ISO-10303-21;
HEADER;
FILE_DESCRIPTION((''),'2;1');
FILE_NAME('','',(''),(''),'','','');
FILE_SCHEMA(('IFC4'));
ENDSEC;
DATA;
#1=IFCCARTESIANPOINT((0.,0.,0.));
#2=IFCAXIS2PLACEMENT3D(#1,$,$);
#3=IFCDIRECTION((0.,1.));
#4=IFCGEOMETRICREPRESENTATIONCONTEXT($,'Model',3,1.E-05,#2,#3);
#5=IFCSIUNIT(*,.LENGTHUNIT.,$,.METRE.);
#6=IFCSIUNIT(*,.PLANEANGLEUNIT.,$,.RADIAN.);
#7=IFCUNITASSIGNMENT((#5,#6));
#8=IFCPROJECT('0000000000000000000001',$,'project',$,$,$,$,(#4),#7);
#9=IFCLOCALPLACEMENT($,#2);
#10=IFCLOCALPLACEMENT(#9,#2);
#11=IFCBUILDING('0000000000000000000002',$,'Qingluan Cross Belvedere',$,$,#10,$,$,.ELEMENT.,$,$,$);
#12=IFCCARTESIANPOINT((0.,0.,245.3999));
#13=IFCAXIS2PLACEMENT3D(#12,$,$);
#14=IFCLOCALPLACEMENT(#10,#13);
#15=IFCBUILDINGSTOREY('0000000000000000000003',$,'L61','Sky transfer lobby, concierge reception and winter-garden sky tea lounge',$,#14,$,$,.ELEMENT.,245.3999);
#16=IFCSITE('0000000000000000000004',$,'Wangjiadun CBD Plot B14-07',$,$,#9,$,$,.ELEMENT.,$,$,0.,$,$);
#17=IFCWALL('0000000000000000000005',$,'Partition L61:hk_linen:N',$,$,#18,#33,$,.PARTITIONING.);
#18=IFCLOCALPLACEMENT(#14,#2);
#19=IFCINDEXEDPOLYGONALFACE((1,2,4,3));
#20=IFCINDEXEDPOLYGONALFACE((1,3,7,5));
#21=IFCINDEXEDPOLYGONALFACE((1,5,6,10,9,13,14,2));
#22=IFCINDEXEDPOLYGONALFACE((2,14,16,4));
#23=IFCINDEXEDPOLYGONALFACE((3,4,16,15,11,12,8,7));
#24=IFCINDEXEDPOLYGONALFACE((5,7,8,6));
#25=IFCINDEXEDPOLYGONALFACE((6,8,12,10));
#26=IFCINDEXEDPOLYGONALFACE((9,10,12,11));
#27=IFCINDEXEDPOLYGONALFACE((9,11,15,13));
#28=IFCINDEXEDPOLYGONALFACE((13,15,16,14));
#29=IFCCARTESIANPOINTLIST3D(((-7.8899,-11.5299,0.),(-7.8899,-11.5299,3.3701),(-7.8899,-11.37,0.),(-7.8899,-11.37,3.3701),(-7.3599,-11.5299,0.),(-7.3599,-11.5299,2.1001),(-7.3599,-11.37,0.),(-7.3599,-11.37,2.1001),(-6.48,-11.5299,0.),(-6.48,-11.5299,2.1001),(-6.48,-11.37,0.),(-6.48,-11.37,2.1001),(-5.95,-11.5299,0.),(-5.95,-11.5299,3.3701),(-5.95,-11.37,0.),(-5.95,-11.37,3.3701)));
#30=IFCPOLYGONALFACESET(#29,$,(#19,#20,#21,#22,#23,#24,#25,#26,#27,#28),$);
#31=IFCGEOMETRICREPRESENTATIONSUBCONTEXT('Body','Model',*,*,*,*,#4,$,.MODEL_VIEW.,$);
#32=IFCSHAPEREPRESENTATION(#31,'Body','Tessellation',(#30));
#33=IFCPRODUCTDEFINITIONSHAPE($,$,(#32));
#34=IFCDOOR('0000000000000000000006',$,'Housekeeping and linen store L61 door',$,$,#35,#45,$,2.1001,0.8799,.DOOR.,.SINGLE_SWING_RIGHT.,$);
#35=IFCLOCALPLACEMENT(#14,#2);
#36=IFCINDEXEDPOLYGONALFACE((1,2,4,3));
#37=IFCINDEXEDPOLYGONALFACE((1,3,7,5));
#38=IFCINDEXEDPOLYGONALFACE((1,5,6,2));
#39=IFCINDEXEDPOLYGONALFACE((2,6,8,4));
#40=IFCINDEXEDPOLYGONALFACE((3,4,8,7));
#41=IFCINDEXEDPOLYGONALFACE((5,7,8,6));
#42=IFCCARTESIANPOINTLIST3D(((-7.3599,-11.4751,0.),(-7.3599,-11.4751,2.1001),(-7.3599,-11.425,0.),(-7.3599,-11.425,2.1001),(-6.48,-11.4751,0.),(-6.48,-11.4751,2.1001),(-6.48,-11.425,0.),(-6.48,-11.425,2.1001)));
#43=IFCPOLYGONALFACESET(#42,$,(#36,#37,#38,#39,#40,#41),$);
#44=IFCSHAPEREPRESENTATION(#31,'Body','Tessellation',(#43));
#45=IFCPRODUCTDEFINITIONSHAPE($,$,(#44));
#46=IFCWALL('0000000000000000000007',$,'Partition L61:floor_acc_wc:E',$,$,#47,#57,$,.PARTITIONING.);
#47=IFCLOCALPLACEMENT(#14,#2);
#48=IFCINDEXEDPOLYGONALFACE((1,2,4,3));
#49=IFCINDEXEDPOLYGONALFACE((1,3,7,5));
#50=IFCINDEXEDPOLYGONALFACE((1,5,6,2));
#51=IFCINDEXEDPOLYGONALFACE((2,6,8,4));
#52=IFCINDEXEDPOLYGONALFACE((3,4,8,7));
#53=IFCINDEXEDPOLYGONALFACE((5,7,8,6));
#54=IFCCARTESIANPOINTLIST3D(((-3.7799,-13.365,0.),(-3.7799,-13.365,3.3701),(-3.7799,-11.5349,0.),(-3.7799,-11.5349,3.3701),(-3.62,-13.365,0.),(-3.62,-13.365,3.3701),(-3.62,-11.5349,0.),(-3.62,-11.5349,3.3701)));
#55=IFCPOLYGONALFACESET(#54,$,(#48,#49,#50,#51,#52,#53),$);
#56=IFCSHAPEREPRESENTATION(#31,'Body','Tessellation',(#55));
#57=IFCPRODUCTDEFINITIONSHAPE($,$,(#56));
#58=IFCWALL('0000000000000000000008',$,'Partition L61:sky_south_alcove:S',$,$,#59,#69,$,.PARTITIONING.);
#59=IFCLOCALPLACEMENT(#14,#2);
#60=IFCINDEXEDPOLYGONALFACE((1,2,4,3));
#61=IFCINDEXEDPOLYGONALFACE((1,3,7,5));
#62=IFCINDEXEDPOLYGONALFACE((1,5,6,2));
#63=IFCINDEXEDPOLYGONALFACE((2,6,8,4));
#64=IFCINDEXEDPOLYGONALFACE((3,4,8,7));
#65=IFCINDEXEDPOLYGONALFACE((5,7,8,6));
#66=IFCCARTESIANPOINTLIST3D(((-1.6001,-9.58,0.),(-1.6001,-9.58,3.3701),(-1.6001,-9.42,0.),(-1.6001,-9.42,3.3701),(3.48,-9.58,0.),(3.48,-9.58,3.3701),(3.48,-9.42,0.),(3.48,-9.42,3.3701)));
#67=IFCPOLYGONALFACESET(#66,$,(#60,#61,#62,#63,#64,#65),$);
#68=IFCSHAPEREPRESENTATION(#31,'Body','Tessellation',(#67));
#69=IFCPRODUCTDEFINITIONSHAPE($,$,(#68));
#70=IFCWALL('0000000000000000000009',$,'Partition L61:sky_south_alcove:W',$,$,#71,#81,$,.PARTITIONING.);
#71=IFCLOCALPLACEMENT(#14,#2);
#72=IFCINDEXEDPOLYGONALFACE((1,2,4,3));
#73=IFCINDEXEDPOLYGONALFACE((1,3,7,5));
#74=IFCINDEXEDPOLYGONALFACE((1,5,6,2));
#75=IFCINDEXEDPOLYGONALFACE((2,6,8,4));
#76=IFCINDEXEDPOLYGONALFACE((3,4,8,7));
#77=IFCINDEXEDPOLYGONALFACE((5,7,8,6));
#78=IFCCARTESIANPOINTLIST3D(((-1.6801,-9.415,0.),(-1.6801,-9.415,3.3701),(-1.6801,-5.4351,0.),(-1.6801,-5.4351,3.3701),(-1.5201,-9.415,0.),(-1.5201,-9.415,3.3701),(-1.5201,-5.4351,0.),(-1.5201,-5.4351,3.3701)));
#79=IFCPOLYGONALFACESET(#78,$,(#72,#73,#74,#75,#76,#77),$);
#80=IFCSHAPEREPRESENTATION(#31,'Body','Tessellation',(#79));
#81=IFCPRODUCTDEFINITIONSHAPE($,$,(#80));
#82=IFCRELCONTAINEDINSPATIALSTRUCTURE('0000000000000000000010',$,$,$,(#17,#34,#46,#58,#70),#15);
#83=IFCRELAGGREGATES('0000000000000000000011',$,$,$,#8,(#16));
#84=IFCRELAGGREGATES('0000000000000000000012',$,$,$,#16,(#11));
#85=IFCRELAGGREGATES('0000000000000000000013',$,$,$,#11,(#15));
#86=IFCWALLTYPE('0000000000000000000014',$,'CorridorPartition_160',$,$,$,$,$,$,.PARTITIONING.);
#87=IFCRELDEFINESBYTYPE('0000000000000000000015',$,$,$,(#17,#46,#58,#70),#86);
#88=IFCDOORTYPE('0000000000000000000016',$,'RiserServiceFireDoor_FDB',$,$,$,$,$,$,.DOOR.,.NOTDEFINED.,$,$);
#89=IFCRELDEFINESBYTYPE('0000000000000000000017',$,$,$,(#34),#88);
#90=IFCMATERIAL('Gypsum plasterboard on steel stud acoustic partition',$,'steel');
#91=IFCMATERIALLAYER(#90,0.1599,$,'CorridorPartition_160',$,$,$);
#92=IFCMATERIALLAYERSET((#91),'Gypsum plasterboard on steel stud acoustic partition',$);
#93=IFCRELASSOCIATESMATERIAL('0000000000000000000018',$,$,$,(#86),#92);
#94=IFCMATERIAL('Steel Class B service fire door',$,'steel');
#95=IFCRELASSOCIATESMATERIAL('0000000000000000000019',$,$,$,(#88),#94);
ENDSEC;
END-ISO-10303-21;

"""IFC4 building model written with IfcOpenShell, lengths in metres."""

from ifc_helpers import new_model, si_unit, direction, frame, frame_2d, origin, place, context, subcontext, project, spatial, rectangle, extrude, material, layer, layer_set, type_object, element, fill, save


model = new_model("IFC4")

# Units and contexts
model_context = context("Model", 3, precision=1e-05, world=origin(), true_north=direction((0.0, 1.0)))
body_context = subcontext(model_context, "Body", "Model", "MODEL_VIEW")
ifc_project = project(units=[si_unit("LENGTHUNIT", "METRE"), si_unit("PLANEANGLEUNIT", "RADIAN")], contexts=[model_context])

# Site, building, storey
site_placement = place(None, origin())
site = spatial("IfcSite", under=ifc_project, at=site_placement, Name="Wangjiadun CBD Plot B14-07", CompositionType="ELEMENT", RefElevation=0.0)
building_placement = place(site_placement, origin())
building = spatial("IfcBuilding", under=site, at=building_placement, Name="Qingluan Cross Belvedere", CompositionType="ELEMENT")
storey_placement = place(building_placement, frame((0.0, 0.0, 245.3999)))
storey = spatial("IfcBuildingStorey", under=building, at=storey_placement, Name="L61", Description="Sky transfer lobby, concierge reception and winter-garden sky tea lounge", CompositionType="ELEMENT", Elevation=245.3999)

# Wall, opening, door
ifc_material_1 = material(Name="Gypsum plasterboard on steel stud acoustic partition", Category="steel")
ifc_layer_1 = layer(ifc_material_1, 0.1599, Name="CorridorPartition_160")
ifc_layer_set_1 = layer_set([ifc_layer_1], Name="Gypsum plasterboard on steel stud acoustic partition")
wall_type_1 = type_object("IfcWallType", Name="CorridorPartition_160", PredefinedType="PARTITIONING", material=ifc_layer_set_1)
wall_1_placement = place(storey_placement, frame((-7.8899, -11.45, 0.0), z_axis=(0.0, 0.0, 1.0), x_axis=(1.0, 0.0, 0.0)))
wall_1 = element("IfcWall", 1, at=wall_1_placement, inside=storey, type_object=wall_type_1, Name="Partition L61:hk_linen:N", PredefinedType="PARTITIONING", context=body_context, shape_type="SweptSolid", body=[
    extrude(rectangle(XDim=1.9399, YDim=0.1599, at=frame_2d((0.97, 0.0))), origin(), (0.0, 0.0, 1.0), 3.3701),
])
opening_1_placement = place(wall_1_placement, frame((0.53, 0.0, 0.0)))
opening_1 = element("IfcOpeningElement", 2, at=opening_1_placement, cuts=wall_1, PredefinedType="OPENING", context=body_context, shape_type="SweptSolid", body=[
    extrude(rectangle(XDim=0.8799, YDim=2.1001, at=frame_2d((0.4399, 1.05))), frame((0.0, 0.0898, 0.0), z_axis=(0.0, -1.0, 0.0), x_axis=(1.0, 0.0, 0.0)), (0.0, 0.0, 1.0), 0.1799),
])
ifc_material_2 = material(Name="Steel Class B service fire door", Category="steel")
door_type_1 = type_object("IfcDoorType", Name="RiserServiceFireDoor_FDB", OperationType="NOTDEFINED", PredefinedType="DOOR", material=ifc_material_2)
door_1_placement = place(opening_1_placement, origin())
door_1 = element("IfcDoor", 3, at=door_1_placement, inside=storey, type_object=door_type_1, Name="Housekeeping and linen store L61 door", OperationType="SINGLE_SWING_RIGHT", OverallHeight=2.1001, OverallWidth=0.8799, PredefinedType="DOOR", context=body_context, shape_type="SweptSolid", body=[
    extrude(rectangle(XDim=0.8799, YDim=2.1001, at=frame_2d((0.4399, 1.05))), frame((0.0, 0.0249, 0.0), z_axis=(0.0, -1.0, 0.0), x_axis=(1.0, 0.0, 0.0)), (0.0, 0.0, 1.0), 0.05),
])
fill(opening_1, door_1)

# Walls
wall_2_placement = place(storey_placement, frame((-3.7, -13.365, 0.0), z_axis=(0.0, 0.0, 1.0), x_axis=(0.0, 1.0, 0.0)))
element("IfcWall", 4, at=wall_2_placement, inside=storey, type_object=wall_type_1, Name="Partition L61:floor_acc_wc:E", PredefinedType="PARTITIONING", context=body_context, shape_type="SweptSolid", body=[
    extrude(rectangle(XDim=1.8301, YDim=0.1599, at=frame_2d((0.915, 0.0))), origin(), (0.0, 0.0, 1.0), 3.3701),
])
wall_3_placement = place(storey_placement, frame((-1.6001, -9.5, 0.0), z_axis=(0.0, 0.0, 1.0), x_axis=(1.0, 0.0, 0.0)))
element("IfcWall", 5, at=wall_3_placement, inside=storey, type_object=wall_type_1, Name="Partition L61:sky_south_alcove:S", PredefinedType="PARTITIONING", context=body_context, shape_type="SweptSolid", body=[
    extrude(rectangle(XDim=5.0801, YDim=0.1599, at=frame_2d((2.54, 0.0))), origin(), (0.0, 0.0, 1.0), 3.3701),
])
wall_4_placement = place(storey_placement, frame((-1.6001, -9.415, 0.0), z_axis=(0.0, 0.0, 1.0), x_axis=(0.0, 1.0, 0.0)))
element("IfcWall", 6, at=wall_4_placement, inside=storey, type_object=wall_type_1, Name="Partition L61:sky_south_alcove:W", PredefinedType="PARTITIONING", context=body_context, shape_type="SweptSolid", body=[
    extrude(rectangle(XDim=3.98, YDim=0.1599, at=frame_2d((1.99, 0.0))), origin(), (0.0, 0.0, 1.0), 3.3701),
])

save(model, "model.ifc")
